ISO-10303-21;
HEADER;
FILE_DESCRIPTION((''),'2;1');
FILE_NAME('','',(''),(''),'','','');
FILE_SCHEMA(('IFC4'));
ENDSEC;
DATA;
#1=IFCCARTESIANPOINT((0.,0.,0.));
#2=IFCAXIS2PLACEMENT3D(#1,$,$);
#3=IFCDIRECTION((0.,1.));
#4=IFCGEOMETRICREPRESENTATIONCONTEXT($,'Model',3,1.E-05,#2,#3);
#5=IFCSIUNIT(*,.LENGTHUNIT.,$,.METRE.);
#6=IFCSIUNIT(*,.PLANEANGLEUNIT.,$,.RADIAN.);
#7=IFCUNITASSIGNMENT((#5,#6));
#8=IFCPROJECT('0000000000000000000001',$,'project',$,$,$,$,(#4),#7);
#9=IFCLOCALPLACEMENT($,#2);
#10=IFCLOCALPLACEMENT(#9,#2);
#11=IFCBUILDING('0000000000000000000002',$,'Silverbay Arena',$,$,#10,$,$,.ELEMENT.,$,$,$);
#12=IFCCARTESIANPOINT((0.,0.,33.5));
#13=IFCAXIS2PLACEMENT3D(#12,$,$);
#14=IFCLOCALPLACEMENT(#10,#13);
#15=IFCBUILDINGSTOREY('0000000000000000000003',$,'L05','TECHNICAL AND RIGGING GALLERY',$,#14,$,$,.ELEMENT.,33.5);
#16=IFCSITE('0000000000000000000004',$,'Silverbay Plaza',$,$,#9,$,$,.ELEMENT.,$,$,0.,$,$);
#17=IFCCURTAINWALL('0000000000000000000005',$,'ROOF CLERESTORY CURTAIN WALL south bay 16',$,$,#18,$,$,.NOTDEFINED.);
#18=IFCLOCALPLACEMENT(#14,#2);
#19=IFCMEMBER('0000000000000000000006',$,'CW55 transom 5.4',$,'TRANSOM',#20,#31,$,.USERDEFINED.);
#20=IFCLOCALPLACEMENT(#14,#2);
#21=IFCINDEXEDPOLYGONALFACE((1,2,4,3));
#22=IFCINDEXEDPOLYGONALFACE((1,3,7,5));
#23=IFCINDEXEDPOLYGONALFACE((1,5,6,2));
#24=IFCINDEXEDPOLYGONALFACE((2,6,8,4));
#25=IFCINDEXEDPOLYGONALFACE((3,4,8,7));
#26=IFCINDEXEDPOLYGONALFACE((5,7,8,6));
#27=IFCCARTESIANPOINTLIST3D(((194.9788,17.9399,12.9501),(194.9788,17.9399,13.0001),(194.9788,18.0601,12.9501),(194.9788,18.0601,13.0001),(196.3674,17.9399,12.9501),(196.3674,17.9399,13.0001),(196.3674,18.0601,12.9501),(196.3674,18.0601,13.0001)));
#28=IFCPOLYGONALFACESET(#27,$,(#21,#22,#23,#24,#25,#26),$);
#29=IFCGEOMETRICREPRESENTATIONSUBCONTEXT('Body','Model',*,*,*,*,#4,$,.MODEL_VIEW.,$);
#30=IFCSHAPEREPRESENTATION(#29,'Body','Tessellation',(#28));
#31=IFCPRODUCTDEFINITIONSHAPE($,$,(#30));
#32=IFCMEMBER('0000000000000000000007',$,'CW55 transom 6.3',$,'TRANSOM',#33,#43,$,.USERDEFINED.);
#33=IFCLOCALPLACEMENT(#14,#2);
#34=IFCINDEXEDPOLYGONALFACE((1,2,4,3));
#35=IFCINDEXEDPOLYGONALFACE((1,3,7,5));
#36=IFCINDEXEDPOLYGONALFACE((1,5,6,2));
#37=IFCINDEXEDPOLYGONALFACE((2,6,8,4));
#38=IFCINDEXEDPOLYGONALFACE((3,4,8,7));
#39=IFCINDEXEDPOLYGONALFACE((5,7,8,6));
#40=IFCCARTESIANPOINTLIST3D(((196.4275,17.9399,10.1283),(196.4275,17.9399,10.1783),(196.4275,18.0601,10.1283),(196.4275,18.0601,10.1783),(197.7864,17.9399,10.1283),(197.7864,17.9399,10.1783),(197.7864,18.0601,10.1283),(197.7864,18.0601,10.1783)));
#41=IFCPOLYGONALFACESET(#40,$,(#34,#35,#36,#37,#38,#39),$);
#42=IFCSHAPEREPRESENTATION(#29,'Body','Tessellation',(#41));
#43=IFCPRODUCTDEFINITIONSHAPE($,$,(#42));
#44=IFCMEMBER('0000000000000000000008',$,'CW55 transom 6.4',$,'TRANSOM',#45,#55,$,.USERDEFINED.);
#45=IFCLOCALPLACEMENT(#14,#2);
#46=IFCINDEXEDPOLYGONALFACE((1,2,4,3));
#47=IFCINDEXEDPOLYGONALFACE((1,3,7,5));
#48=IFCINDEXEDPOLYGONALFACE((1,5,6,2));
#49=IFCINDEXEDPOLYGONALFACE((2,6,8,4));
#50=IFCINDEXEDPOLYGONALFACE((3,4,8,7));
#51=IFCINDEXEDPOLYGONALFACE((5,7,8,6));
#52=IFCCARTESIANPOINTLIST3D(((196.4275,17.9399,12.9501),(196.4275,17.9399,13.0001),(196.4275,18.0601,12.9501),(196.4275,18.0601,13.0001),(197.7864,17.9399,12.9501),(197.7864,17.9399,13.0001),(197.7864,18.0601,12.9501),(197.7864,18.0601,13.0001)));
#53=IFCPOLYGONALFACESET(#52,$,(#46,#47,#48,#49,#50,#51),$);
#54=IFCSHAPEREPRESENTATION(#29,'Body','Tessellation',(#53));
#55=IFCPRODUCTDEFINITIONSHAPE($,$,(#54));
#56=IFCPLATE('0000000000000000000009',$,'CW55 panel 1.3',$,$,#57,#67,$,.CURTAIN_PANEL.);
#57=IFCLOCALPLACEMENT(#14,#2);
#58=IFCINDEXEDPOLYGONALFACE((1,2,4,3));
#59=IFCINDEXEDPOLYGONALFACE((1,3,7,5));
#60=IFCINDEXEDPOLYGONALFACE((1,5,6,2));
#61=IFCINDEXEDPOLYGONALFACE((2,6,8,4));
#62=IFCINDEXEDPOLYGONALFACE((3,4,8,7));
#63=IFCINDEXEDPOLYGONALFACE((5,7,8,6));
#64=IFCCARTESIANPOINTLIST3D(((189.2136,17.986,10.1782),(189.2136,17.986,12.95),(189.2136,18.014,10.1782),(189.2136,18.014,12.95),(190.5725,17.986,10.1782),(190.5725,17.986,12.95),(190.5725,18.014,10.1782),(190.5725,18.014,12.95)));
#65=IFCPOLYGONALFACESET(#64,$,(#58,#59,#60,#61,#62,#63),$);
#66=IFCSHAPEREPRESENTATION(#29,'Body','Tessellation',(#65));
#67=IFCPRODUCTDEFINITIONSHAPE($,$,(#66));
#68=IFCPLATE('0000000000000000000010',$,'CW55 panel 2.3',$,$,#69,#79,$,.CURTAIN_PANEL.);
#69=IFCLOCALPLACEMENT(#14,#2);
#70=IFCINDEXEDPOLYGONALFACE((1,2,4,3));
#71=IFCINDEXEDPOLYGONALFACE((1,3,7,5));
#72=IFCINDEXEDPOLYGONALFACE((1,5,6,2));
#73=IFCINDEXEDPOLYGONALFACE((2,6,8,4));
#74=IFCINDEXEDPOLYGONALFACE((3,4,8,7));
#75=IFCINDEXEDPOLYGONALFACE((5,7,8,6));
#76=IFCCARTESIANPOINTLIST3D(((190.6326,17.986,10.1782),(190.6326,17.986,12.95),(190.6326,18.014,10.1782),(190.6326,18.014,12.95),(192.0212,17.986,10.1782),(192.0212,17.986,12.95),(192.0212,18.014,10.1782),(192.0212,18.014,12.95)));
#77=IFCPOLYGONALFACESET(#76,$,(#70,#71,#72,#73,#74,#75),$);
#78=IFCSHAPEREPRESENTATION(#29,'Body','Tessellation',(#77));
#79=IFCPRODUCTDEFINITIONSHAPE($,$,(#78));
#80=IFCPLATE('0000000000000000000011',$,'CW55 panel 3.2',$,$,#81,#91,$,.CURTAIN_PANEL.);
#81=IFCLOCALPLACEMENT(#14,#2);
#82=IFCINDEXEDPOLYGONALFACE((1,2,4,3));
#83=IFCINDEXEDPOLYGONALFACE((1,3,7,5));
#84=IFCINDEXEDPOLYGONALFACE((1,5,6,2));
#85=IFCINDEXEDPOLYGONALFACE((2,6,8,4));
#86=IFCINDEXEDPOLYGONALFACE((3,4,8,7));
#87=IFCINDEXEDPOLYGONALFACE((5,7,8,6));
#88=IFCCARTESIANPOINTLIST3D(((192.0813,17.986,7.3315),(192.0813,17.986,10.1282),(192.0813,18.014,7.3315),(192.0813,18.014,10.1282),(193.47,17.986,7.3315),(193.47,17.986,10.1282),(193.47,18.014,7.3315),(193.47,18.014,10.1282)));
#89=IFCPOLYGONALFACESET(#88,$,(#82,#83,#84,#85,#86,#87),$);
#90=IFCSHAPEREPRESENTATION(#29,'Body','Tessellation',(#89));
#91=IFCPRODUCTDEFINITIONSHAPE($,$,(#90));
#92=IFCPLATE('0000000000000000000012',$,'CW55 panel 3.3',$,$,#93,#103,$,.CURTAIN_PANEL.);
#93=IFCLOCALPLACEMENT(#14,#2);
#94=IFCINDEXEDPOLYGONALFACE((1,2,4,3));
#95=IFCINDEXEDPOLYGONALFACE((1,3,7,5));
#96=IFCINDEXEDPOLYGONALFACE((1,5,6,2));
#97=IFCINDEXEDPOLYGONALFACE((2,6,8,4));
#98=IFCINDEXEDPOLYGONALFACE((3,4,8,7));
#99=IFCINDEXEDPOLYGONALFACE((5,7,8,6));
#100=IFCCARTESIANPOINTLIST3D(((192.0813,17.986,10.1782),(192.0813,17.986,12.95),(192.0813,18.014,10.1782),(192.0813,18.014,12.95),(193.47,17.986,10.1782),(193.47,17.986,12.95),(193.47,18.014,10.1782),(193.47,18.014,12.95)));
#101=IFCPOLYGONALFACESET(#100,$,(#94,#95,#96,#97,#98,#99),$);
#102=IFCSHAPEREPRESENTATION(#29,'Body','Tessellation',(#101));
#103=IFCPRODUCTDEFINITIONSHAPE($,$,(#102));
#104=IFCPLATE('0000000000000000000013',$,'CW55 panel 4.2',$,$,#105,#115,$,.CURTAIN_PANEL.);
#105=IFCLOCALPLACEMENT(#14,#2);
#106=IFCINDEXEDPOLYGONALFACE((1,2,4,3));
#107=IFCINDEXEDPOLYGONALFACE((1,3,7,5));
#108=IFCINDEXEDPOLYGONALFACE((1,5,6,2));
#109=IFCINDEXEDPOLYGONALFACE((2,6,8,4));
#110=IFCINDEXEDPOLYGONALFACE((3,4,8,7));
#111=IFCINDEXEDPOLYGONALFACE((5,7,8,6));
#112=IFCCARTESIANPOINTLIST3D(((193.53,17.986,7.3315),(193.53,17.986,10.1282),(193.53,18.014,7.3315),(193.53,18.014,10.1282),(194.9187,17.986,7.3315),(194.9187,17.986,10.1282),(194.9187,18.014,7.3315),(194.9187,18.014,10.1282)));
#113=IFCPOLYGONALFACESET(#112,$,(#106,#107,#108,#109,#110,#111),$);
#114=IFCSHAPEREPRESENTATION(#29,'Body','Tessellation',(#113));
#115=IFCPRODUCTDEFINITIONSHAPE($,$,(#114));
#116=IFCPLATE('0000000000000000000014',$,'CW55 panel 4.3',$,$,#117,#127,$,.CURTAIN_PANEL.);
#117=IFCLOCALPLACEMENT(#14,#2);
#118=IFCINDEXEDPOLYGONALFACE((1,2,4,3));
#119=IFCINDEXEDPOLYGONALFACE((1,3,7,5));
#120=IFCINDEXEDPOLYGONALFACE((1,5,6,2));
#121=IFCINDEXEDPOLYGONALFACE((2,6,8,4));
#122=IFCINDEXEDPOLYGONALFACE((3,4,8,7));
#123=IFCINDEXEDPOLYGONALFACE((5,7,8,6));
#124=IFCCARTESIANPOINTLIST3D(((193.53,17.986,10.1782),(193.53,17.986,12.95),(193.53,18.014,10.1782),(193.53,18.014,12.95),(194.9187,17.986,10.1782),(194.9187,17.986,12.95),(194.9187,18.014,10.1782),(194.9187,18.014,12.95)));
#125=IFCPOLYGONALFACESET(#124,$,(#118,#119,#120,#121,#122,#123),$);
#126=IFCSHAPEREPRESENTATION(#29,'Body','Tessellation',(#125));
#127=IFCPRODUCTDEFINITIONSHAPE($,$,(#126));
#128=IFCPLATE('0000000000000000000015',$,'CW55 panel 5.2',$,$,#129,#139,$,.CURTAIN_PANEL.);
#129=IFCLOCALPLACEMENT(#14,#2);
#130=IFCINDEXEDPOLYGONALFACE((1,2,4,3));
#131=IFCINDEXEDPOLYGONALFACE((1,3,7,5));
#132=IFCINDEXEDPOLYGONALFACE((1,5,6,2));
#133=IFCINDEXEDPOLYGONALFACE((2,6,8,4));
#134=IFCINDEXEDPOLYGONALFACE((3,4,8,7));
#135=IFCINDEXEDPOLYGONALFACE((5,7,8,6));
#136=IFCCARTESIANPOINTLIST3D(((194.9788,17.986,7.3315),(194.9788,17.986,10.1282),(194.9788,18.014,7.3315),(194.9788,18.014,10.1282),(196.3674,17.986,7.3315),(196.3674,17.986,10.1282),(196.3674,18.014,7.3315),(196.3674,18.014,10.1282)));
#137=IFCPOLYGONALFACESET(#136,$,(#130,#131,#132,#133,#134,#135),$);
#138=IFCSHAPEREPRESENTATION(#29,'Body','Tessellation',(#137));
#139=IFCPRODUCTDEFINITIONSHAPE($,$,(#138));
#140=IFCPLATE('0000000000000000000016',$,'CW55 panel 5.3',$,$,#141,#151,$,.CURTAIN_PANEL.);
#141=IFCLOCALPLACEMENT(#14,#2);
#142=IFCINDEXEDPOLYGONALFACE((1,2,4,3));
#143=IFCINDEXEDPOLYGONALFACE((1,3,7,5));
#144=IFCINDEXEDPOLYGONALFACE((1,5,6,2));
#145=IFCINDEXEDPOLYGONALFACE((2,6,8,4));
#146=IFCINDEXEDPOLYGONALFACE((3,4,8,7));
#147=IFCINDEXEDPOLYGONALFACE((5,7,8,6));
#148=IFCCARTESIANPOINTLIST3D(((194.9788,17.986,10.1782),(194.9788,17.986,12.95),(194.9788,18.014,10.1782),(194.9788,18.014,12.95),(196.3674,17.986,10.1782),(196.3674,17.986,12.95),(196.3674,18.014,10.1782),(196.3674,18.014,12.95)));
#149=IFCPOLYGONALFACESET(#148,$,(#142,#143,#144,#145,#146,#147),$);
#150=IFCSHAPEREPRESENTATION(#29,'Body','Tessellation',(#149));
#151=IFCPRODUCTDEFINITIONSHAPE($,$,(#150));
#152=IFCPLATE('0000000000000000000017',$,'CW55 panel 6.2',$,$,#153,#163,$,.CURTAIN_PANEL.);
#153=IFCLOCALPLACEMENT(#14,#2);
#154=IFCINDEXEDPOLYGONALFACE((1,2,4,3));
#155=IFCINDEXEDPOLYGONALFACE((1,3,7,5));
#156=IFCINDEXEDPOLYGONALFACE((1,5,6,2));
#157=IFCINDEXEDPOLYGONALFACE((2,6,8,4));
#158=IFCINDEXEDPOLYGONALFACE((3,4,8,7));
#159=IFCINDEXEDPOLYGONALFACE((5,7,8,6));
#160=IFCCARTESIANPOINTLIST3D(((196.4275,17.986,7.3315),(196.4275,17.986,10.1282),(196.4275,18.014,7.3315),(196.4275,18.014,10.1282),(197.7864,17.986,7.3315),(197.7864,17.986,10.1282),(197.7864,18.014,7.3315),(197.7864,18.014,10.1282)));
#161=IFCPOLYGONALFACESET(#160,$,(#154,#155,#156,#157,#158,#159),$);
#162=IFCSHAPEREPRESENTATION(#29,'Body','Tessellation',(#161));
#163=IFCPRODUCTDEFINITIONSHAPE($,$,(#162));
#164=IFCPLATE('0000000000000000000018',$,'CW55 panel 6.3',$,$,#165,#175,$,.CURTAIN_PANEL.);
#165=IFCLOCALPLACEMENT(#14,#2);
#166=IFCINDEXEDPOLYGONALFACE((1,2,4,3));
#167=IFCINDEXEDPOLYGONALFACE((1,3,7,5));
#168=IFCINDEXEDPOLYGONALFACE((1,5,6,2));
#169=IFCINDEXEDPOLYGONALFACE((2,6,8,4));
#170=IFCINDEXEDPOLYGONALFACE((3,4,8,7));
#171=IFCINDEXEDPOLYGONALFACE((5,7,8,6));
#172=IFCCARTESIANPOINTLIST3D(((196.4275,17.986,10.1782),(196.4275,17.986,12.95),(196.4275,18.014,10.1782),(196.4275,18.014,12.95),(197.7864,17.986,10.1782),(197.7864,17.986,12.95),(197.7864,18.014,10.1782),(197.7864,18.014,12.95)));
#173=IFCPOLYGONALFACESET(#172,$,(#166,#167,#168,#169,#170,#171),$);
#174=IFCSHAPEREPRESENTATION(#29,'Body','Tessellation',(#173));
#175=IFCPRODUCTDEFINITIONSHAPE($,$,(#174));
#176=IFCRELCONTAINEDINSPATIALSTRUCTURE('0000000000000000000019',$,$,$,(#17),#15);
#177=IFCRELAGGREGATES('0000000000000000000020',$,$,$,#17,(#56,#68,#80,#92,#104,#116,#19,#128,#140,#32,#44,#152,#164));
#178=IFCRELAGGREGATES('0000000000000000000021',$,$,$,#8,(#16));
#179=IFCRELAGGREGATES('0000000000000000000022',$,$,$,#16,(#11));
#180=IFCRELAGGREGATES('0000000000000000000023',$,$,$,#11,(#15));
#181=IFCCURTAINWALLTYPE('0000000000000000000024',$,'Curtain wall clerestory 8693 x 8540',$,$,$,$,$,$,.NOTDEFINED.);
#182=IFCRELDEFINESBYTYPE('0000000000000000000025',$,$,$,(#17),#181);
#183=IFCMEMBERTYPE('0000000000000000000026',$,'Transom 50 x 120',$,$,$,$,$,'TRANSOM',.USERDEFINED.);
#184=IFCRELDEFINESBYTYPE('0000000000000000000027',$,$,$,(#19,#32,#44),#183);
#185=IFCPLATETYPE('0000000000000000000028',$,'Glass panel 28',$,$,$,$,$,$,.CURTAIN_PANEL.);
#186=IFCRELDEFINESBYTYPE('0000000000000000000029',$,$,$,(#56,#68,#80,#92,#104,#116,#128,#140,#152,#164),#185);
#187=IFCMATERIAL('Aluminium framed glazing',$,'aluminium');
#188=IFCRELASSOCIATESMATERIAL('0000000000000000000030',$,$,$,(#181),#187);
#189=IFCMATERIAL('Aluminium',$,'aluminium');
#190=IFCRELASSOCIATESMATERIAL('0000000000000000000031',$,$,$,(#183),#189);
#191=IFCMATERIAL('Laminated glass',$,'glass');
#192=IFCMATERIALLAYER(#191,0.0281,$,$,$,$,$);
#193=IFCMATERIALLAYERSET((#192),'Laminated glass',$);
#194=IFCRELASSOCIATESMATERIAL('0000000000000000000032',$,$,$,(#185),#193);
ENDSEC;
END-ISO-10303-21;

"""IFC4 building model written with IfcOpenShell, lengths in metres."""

from ifc_helpers import new_model, si_unit, direction, frame, origin, origin_2d, place, context, subcontext, project, spatial, rectangle, extrude, material, layer, layer_set, material_profile, profile_set, type_object, element, aggregate, save


model = new_model("IFC4")

# Units and contexts
model_context = context("Model", 3, precision=1e-05, world=origin(), true_north=direction((0.0, 1.0)))
body_context = subcontext(model_context, "Body", "Model", "MODEL_VIEW")
ifc_project = project(units=[si_unit("LENGTHUNIT", "METRE"), si_unit("PLANEANGLEUNIT", "RADIAN")], contexts=[model_context])

# Site, building, storey
site_placement = place(None, origin())
site = spatial("IfcSite", under=ifc_project, at=site_placement, Name="Silverbay Plaza", CompositionType="ELEMENT", RefElevation=0.0)
building_placement = place(site_placement, origin())
building = spatial("IfcBuilding", under=site, at=building_placement, Name="Silverbay Arena", CompositionType="ELEMENT")
storey_placement = place(building_placement, frame((0.0, 0.0, 33.5)))
storey = spatial("IfcBuildingStorey", under=building, at=storey_placement, Name="L05", Description="TECHNICAL AND RIGGING GALLERY", CompositionType="ELEMENT", Elevation=33.5)

# Curtain wall, members, plates
ifc_material_1 = material(Name="Aluminium framed glazing", Category="aluminium")
curtain_wall_type = type_object("IfcCurtainWallType", Name="Curtain wall clerestory 8693 x 8540", PredefinedType="NOTDEFINED", material=ifc_material_1)
curtain_wall_placement = place(storey_placement, origin())
curtain_wall = element("IfcCurtainWall", 1, at=curtain_wall_placement, inside=storey, type_object=curtain_wall_type, Name="ROOF CLERESTORY CURTAIN WALL south bay 16", PredefinedType="NOTDEFINED")
ifc_material_2 = material(Name="Aluminium", Category="aluminium")
ifc_material_profile_1 = material_profile(ifc_material_2, rectangle(XDim=0.1201, YDim=0.05, at=origin_2d()), Name="Transom 50 x 120")
ifc_profile_set_1 = profile_set([ifc_material_profile_1], Name="Aluminium")
member_type_1 = type_object("IfcMemberType", Name="Transom 50 x 120", ElementType="TRANSOM", PredefinedType="USERDEFINED", material=ifc_profile_set_1)
member_1_placement = place(storey_placement, frame((194.9788, 18.0, 12.9751), z_axis=(1.0, 0.0, 0.0), x_axis=(0.0, 1.0, 0.0)))
member_1 = element("IfcMember", 2, at=member_1_placement, type_object=member_type_1, Name="CW55 transom 5.4", ObjectType="TRANSOM", PredefinedType="USERDEFINED", context=body_context, shape_type="SweptSolid", body=[
    extrude(rectangle(XDim=0.1201, YDim=0.05, at=origin_2d()), origin(), (0.0, 0.0, 1.0), 1.3887),
])
member_2_placement = place(storey_placement, frame((196.4275, 18.0, 10.1533), z_axis=(1.0, 0.0, 0.0), x_axis=(0.0, 1.0, 0.0)))
member_2 = element("IfcMember", 3, at=member_2_placement, type_object=member_type_1, Name="CW55 transom 6.3", ObjectType="TRANSOM", PredefinedType="USERDEFINED", context=body_context, shape_type="SweptSolid", body=[
    extrude(rectangle(XDim=0.1201, YDim=0.05, at=origin_2d()), origin(), (0.0, 0.0, 1.0), 1.3589),
])
member_3_placement = place(storey_placement, frame((196.4275, 18.0, 12.9751), z_axis=(1.0, 0.0, 0.0), x_axis=(0.0, 1.0, 0.0)))
member_3 = element("IfcMember", 4, at=member_3_placement, type_object=member_type_1, Name="CW55 transom 6.4", ObjectType="TRANSOM", PredefinedType="USERDEFINED", context=body_context, shape_type="SweptSolid", body=[
    extrude(rectangle(XDim=0.1201, YDim=0.05, at=origin_2d()), origin(), (0.0, 0.0, 1.0), 1.3589),
])
ifc_material_3 = material(Name="Laminated glass", Category="glass")
ifc_layer = layer(ifc_material_3, 0.0281)
ifc_layer_set = layer_set([ifc_layer], Name="Laminated glass")
plate_type = type_object("IfcPlateType", Name="Glass panel 28", PredefinedType="CURTAIN_PANEL", material=ifc_layer_set)
plate_1_placement = place(storey_placement, frame((189.8931, 18.0, 10.1782), z_axis=(0.0, 0.0, 1.0), x_axis=(1.0, 0.0, 0.0)))
plate_1 = element("IfcPlate", 5, at=plate_1_placement, type_object=plate_type, Name="CW55 panel 1.3", PredefinedType="CURTAIN_PANEL", context=body_context, shape_type="SweptSolid", body=[
    extrude(rectangle(XDim=1.3589, YDim=0.0281, at=origin_2d()), origin(), (0.0, 0.0, 1.0), 2.7717),
])
plate_2_placement = place(storey_placement, frame((191.3269, 18.0, 10.1782), z_axis=(0.0, 0.0, 1.0), x_axis=(1.0, 0.0, 0.0)))
plate_2 = element("IfcPlate", 6, at=plate_2_placement, type_object=plate_type, Name="CW55 panel 2.3", PredefinedType="CURTAIN_PANEL", context=body_context, shape_type="SweptSolid", body=[
    extrude(rectangle(XDim=1.3887, YDim=0.0281, at=origin_2d()), origin(), (0.0, 0.0, 1.0), 2.7717),
])
plate_3_placement = place(storey_placement, frame((192.7756, 18.0, 7.3315), z_axis=(0.0, 0.0, 1.0), x_axis=(1.0, 0.0, 0.0)))
plate_3 = element("IfcPlate", 7, at=plate_3_placement, type_object=plate_type, Name="CW55 panel 3.2", PredefinedType="CURTAIN_PANEL", context=body_context, shape_type="SweptSolid", body=[
    extrude(rectangle(XDim=1.3887, YDim=0.0281, at=origin_2d()), origin(), (0.0, 0.0, 1.0), 2.7966),
])
plate_4_placement = place(storey_placement, frame((192.7756, 18.0, 10.1782), z_axis=(0.0, 0.0, 1.0), x_axis=(1.0, 0.0, 0.0)))
plate_4 = element("IfcPlate", 8, at=plate_4_placement, type_object=plate_type, Name="CW55 panel 3.3", PredefinedType="CURTAIN_PANEL", context=body_context, shape_type="SweptSolid", body=[
    extrude(rectangle(XDim=1.3887, YDim=0.0281, at=origin_2d()), origin(), (0.0, 0.0, 1.0), 2.7717),
])
plate_5_placement = place(storey_placement, frame((194.2244, 18.0, 7.3315), z_axis=(0.0, 0.0, 1.0), x_axis=(1.0, 0.0, 0.0)))
plate_5 = element("IfcPlate", 9, at=plate_5_placement, type_object=plate_type, Name="CW55 panel 4.2", PredefinedType="CURTAIN_PANEL", context=body_context, shape_type="SweptSolid", body=[
    extrude(rectangle(XDim=1.3887, YDim=0.0281, at=origin_2d()), origin(), (0.0, 0.0, 1.0), 2.7966),
])
plate_6_placement = place(storey_placement, frame((194.2244, 18.0, 10.1782), z_axis=(0.0, 0.0, 1.0), x_axis=(1.0, 0.0, 0.0)))
plate_6 = element("IfcPlate", 10, at=plate_6_placement, type_object=plate_type, Name="CW55 panel 4.3", PredefinedType="CURTAIN_PANEL", context=body_context, shape_type="SweptSolid", body=[
    extrude(rectangle(XDim=1.3887, YDim=0.0281, at=origin_2d()), origin(), (0.0, 0.0, 1.0), 2.7717),
])
plate_7_placement = place(storey_placement, frame((195.6731, 18.0, 7.3315), z_axis=(0.0, 0.0, 1.0), x_axis=(1.0, 0.0, 0.0)))
plate_7 = element("IfcPlate", 11, at=plate_7_placement, type_object=plate_type, Name="CW55 panel 5.2", PredefinedType="CURTAIN_PANEL", context=body_context, shape_type="SweptSolid", body=[
    extrude(rectangle(XDim=1.3887, YDim=0.0281, at=origin_2d()), origin(), (0.0, 0.0, 1.0), 2.7966),
])
plate_8_placement = place(storey_placement, frame((195.6731, 18.0, 10.1782), z_axis=(0.0, 0.0, 1.0), x_axis=(1.0, 0.0, 0.0)))
plate_8 = element("IfcPlate", 12, at=plate_8_placement, type_object=plate_type, Name="CW55 panel 5.3", PredefinedType="CURTAIN_PANEL", context=body_context, shape_type="SweptSolid", body=[
    extrude(rectangle(XDim=1.3887, YDim=0.0281, at=origin_2d()), origin(), (0.0, 0.0, 1.0), 2.7717),
])
plate_9_placement = place(storey_placement, frame((197.1069, 18.0, 7.3315), z_axis=(0.0, 0.0, 1.0), x_axis=(1.0, 0.0, 0.0)))
plate_9 = element("IfcPlate", 13, at=plate_9_placement, type_object=plate_type, Name="CW55 panel 6.2", PredefinedType="CURTAIN_PANEL", context=body_context, shape_type="SweptSolid", body=[
    extrude(rectangle(XDim=1.3589, YDim=0.0281, at=origin_2d()), origin(), (0.0, 0.0, 1.0), 2.7966),
])
plate_10_placement = place(storey_placement, frame((197.1069, 18.0, 10.1782), z_axis=(0.0, 0.0, 1.0), x_axis=(1.0, 0.0, 0.0)))
plate_10 = element("IfcPlate", 14, at=plate_10_placement, type_object=plate_type, Name="CW55 panel 6.3", PredefinedType="CURTAIN_PANEL", context=body_context, shape_type="SweptSolid", body=[
    extrude(rectangle(XDim=1.3589, YDim=0.0281, at=origin_2d()), origin(), (0.0, 0.0, 1.0), 2.7717),
])
aggregate(curtain_wall, [plate_1, plate_2, plate_3, plate_4, plate_5, plate_6, member_1, plate_7, plate_8, member_2, member_3, plate_9, plate_10])

save(model, "model.ifc")
